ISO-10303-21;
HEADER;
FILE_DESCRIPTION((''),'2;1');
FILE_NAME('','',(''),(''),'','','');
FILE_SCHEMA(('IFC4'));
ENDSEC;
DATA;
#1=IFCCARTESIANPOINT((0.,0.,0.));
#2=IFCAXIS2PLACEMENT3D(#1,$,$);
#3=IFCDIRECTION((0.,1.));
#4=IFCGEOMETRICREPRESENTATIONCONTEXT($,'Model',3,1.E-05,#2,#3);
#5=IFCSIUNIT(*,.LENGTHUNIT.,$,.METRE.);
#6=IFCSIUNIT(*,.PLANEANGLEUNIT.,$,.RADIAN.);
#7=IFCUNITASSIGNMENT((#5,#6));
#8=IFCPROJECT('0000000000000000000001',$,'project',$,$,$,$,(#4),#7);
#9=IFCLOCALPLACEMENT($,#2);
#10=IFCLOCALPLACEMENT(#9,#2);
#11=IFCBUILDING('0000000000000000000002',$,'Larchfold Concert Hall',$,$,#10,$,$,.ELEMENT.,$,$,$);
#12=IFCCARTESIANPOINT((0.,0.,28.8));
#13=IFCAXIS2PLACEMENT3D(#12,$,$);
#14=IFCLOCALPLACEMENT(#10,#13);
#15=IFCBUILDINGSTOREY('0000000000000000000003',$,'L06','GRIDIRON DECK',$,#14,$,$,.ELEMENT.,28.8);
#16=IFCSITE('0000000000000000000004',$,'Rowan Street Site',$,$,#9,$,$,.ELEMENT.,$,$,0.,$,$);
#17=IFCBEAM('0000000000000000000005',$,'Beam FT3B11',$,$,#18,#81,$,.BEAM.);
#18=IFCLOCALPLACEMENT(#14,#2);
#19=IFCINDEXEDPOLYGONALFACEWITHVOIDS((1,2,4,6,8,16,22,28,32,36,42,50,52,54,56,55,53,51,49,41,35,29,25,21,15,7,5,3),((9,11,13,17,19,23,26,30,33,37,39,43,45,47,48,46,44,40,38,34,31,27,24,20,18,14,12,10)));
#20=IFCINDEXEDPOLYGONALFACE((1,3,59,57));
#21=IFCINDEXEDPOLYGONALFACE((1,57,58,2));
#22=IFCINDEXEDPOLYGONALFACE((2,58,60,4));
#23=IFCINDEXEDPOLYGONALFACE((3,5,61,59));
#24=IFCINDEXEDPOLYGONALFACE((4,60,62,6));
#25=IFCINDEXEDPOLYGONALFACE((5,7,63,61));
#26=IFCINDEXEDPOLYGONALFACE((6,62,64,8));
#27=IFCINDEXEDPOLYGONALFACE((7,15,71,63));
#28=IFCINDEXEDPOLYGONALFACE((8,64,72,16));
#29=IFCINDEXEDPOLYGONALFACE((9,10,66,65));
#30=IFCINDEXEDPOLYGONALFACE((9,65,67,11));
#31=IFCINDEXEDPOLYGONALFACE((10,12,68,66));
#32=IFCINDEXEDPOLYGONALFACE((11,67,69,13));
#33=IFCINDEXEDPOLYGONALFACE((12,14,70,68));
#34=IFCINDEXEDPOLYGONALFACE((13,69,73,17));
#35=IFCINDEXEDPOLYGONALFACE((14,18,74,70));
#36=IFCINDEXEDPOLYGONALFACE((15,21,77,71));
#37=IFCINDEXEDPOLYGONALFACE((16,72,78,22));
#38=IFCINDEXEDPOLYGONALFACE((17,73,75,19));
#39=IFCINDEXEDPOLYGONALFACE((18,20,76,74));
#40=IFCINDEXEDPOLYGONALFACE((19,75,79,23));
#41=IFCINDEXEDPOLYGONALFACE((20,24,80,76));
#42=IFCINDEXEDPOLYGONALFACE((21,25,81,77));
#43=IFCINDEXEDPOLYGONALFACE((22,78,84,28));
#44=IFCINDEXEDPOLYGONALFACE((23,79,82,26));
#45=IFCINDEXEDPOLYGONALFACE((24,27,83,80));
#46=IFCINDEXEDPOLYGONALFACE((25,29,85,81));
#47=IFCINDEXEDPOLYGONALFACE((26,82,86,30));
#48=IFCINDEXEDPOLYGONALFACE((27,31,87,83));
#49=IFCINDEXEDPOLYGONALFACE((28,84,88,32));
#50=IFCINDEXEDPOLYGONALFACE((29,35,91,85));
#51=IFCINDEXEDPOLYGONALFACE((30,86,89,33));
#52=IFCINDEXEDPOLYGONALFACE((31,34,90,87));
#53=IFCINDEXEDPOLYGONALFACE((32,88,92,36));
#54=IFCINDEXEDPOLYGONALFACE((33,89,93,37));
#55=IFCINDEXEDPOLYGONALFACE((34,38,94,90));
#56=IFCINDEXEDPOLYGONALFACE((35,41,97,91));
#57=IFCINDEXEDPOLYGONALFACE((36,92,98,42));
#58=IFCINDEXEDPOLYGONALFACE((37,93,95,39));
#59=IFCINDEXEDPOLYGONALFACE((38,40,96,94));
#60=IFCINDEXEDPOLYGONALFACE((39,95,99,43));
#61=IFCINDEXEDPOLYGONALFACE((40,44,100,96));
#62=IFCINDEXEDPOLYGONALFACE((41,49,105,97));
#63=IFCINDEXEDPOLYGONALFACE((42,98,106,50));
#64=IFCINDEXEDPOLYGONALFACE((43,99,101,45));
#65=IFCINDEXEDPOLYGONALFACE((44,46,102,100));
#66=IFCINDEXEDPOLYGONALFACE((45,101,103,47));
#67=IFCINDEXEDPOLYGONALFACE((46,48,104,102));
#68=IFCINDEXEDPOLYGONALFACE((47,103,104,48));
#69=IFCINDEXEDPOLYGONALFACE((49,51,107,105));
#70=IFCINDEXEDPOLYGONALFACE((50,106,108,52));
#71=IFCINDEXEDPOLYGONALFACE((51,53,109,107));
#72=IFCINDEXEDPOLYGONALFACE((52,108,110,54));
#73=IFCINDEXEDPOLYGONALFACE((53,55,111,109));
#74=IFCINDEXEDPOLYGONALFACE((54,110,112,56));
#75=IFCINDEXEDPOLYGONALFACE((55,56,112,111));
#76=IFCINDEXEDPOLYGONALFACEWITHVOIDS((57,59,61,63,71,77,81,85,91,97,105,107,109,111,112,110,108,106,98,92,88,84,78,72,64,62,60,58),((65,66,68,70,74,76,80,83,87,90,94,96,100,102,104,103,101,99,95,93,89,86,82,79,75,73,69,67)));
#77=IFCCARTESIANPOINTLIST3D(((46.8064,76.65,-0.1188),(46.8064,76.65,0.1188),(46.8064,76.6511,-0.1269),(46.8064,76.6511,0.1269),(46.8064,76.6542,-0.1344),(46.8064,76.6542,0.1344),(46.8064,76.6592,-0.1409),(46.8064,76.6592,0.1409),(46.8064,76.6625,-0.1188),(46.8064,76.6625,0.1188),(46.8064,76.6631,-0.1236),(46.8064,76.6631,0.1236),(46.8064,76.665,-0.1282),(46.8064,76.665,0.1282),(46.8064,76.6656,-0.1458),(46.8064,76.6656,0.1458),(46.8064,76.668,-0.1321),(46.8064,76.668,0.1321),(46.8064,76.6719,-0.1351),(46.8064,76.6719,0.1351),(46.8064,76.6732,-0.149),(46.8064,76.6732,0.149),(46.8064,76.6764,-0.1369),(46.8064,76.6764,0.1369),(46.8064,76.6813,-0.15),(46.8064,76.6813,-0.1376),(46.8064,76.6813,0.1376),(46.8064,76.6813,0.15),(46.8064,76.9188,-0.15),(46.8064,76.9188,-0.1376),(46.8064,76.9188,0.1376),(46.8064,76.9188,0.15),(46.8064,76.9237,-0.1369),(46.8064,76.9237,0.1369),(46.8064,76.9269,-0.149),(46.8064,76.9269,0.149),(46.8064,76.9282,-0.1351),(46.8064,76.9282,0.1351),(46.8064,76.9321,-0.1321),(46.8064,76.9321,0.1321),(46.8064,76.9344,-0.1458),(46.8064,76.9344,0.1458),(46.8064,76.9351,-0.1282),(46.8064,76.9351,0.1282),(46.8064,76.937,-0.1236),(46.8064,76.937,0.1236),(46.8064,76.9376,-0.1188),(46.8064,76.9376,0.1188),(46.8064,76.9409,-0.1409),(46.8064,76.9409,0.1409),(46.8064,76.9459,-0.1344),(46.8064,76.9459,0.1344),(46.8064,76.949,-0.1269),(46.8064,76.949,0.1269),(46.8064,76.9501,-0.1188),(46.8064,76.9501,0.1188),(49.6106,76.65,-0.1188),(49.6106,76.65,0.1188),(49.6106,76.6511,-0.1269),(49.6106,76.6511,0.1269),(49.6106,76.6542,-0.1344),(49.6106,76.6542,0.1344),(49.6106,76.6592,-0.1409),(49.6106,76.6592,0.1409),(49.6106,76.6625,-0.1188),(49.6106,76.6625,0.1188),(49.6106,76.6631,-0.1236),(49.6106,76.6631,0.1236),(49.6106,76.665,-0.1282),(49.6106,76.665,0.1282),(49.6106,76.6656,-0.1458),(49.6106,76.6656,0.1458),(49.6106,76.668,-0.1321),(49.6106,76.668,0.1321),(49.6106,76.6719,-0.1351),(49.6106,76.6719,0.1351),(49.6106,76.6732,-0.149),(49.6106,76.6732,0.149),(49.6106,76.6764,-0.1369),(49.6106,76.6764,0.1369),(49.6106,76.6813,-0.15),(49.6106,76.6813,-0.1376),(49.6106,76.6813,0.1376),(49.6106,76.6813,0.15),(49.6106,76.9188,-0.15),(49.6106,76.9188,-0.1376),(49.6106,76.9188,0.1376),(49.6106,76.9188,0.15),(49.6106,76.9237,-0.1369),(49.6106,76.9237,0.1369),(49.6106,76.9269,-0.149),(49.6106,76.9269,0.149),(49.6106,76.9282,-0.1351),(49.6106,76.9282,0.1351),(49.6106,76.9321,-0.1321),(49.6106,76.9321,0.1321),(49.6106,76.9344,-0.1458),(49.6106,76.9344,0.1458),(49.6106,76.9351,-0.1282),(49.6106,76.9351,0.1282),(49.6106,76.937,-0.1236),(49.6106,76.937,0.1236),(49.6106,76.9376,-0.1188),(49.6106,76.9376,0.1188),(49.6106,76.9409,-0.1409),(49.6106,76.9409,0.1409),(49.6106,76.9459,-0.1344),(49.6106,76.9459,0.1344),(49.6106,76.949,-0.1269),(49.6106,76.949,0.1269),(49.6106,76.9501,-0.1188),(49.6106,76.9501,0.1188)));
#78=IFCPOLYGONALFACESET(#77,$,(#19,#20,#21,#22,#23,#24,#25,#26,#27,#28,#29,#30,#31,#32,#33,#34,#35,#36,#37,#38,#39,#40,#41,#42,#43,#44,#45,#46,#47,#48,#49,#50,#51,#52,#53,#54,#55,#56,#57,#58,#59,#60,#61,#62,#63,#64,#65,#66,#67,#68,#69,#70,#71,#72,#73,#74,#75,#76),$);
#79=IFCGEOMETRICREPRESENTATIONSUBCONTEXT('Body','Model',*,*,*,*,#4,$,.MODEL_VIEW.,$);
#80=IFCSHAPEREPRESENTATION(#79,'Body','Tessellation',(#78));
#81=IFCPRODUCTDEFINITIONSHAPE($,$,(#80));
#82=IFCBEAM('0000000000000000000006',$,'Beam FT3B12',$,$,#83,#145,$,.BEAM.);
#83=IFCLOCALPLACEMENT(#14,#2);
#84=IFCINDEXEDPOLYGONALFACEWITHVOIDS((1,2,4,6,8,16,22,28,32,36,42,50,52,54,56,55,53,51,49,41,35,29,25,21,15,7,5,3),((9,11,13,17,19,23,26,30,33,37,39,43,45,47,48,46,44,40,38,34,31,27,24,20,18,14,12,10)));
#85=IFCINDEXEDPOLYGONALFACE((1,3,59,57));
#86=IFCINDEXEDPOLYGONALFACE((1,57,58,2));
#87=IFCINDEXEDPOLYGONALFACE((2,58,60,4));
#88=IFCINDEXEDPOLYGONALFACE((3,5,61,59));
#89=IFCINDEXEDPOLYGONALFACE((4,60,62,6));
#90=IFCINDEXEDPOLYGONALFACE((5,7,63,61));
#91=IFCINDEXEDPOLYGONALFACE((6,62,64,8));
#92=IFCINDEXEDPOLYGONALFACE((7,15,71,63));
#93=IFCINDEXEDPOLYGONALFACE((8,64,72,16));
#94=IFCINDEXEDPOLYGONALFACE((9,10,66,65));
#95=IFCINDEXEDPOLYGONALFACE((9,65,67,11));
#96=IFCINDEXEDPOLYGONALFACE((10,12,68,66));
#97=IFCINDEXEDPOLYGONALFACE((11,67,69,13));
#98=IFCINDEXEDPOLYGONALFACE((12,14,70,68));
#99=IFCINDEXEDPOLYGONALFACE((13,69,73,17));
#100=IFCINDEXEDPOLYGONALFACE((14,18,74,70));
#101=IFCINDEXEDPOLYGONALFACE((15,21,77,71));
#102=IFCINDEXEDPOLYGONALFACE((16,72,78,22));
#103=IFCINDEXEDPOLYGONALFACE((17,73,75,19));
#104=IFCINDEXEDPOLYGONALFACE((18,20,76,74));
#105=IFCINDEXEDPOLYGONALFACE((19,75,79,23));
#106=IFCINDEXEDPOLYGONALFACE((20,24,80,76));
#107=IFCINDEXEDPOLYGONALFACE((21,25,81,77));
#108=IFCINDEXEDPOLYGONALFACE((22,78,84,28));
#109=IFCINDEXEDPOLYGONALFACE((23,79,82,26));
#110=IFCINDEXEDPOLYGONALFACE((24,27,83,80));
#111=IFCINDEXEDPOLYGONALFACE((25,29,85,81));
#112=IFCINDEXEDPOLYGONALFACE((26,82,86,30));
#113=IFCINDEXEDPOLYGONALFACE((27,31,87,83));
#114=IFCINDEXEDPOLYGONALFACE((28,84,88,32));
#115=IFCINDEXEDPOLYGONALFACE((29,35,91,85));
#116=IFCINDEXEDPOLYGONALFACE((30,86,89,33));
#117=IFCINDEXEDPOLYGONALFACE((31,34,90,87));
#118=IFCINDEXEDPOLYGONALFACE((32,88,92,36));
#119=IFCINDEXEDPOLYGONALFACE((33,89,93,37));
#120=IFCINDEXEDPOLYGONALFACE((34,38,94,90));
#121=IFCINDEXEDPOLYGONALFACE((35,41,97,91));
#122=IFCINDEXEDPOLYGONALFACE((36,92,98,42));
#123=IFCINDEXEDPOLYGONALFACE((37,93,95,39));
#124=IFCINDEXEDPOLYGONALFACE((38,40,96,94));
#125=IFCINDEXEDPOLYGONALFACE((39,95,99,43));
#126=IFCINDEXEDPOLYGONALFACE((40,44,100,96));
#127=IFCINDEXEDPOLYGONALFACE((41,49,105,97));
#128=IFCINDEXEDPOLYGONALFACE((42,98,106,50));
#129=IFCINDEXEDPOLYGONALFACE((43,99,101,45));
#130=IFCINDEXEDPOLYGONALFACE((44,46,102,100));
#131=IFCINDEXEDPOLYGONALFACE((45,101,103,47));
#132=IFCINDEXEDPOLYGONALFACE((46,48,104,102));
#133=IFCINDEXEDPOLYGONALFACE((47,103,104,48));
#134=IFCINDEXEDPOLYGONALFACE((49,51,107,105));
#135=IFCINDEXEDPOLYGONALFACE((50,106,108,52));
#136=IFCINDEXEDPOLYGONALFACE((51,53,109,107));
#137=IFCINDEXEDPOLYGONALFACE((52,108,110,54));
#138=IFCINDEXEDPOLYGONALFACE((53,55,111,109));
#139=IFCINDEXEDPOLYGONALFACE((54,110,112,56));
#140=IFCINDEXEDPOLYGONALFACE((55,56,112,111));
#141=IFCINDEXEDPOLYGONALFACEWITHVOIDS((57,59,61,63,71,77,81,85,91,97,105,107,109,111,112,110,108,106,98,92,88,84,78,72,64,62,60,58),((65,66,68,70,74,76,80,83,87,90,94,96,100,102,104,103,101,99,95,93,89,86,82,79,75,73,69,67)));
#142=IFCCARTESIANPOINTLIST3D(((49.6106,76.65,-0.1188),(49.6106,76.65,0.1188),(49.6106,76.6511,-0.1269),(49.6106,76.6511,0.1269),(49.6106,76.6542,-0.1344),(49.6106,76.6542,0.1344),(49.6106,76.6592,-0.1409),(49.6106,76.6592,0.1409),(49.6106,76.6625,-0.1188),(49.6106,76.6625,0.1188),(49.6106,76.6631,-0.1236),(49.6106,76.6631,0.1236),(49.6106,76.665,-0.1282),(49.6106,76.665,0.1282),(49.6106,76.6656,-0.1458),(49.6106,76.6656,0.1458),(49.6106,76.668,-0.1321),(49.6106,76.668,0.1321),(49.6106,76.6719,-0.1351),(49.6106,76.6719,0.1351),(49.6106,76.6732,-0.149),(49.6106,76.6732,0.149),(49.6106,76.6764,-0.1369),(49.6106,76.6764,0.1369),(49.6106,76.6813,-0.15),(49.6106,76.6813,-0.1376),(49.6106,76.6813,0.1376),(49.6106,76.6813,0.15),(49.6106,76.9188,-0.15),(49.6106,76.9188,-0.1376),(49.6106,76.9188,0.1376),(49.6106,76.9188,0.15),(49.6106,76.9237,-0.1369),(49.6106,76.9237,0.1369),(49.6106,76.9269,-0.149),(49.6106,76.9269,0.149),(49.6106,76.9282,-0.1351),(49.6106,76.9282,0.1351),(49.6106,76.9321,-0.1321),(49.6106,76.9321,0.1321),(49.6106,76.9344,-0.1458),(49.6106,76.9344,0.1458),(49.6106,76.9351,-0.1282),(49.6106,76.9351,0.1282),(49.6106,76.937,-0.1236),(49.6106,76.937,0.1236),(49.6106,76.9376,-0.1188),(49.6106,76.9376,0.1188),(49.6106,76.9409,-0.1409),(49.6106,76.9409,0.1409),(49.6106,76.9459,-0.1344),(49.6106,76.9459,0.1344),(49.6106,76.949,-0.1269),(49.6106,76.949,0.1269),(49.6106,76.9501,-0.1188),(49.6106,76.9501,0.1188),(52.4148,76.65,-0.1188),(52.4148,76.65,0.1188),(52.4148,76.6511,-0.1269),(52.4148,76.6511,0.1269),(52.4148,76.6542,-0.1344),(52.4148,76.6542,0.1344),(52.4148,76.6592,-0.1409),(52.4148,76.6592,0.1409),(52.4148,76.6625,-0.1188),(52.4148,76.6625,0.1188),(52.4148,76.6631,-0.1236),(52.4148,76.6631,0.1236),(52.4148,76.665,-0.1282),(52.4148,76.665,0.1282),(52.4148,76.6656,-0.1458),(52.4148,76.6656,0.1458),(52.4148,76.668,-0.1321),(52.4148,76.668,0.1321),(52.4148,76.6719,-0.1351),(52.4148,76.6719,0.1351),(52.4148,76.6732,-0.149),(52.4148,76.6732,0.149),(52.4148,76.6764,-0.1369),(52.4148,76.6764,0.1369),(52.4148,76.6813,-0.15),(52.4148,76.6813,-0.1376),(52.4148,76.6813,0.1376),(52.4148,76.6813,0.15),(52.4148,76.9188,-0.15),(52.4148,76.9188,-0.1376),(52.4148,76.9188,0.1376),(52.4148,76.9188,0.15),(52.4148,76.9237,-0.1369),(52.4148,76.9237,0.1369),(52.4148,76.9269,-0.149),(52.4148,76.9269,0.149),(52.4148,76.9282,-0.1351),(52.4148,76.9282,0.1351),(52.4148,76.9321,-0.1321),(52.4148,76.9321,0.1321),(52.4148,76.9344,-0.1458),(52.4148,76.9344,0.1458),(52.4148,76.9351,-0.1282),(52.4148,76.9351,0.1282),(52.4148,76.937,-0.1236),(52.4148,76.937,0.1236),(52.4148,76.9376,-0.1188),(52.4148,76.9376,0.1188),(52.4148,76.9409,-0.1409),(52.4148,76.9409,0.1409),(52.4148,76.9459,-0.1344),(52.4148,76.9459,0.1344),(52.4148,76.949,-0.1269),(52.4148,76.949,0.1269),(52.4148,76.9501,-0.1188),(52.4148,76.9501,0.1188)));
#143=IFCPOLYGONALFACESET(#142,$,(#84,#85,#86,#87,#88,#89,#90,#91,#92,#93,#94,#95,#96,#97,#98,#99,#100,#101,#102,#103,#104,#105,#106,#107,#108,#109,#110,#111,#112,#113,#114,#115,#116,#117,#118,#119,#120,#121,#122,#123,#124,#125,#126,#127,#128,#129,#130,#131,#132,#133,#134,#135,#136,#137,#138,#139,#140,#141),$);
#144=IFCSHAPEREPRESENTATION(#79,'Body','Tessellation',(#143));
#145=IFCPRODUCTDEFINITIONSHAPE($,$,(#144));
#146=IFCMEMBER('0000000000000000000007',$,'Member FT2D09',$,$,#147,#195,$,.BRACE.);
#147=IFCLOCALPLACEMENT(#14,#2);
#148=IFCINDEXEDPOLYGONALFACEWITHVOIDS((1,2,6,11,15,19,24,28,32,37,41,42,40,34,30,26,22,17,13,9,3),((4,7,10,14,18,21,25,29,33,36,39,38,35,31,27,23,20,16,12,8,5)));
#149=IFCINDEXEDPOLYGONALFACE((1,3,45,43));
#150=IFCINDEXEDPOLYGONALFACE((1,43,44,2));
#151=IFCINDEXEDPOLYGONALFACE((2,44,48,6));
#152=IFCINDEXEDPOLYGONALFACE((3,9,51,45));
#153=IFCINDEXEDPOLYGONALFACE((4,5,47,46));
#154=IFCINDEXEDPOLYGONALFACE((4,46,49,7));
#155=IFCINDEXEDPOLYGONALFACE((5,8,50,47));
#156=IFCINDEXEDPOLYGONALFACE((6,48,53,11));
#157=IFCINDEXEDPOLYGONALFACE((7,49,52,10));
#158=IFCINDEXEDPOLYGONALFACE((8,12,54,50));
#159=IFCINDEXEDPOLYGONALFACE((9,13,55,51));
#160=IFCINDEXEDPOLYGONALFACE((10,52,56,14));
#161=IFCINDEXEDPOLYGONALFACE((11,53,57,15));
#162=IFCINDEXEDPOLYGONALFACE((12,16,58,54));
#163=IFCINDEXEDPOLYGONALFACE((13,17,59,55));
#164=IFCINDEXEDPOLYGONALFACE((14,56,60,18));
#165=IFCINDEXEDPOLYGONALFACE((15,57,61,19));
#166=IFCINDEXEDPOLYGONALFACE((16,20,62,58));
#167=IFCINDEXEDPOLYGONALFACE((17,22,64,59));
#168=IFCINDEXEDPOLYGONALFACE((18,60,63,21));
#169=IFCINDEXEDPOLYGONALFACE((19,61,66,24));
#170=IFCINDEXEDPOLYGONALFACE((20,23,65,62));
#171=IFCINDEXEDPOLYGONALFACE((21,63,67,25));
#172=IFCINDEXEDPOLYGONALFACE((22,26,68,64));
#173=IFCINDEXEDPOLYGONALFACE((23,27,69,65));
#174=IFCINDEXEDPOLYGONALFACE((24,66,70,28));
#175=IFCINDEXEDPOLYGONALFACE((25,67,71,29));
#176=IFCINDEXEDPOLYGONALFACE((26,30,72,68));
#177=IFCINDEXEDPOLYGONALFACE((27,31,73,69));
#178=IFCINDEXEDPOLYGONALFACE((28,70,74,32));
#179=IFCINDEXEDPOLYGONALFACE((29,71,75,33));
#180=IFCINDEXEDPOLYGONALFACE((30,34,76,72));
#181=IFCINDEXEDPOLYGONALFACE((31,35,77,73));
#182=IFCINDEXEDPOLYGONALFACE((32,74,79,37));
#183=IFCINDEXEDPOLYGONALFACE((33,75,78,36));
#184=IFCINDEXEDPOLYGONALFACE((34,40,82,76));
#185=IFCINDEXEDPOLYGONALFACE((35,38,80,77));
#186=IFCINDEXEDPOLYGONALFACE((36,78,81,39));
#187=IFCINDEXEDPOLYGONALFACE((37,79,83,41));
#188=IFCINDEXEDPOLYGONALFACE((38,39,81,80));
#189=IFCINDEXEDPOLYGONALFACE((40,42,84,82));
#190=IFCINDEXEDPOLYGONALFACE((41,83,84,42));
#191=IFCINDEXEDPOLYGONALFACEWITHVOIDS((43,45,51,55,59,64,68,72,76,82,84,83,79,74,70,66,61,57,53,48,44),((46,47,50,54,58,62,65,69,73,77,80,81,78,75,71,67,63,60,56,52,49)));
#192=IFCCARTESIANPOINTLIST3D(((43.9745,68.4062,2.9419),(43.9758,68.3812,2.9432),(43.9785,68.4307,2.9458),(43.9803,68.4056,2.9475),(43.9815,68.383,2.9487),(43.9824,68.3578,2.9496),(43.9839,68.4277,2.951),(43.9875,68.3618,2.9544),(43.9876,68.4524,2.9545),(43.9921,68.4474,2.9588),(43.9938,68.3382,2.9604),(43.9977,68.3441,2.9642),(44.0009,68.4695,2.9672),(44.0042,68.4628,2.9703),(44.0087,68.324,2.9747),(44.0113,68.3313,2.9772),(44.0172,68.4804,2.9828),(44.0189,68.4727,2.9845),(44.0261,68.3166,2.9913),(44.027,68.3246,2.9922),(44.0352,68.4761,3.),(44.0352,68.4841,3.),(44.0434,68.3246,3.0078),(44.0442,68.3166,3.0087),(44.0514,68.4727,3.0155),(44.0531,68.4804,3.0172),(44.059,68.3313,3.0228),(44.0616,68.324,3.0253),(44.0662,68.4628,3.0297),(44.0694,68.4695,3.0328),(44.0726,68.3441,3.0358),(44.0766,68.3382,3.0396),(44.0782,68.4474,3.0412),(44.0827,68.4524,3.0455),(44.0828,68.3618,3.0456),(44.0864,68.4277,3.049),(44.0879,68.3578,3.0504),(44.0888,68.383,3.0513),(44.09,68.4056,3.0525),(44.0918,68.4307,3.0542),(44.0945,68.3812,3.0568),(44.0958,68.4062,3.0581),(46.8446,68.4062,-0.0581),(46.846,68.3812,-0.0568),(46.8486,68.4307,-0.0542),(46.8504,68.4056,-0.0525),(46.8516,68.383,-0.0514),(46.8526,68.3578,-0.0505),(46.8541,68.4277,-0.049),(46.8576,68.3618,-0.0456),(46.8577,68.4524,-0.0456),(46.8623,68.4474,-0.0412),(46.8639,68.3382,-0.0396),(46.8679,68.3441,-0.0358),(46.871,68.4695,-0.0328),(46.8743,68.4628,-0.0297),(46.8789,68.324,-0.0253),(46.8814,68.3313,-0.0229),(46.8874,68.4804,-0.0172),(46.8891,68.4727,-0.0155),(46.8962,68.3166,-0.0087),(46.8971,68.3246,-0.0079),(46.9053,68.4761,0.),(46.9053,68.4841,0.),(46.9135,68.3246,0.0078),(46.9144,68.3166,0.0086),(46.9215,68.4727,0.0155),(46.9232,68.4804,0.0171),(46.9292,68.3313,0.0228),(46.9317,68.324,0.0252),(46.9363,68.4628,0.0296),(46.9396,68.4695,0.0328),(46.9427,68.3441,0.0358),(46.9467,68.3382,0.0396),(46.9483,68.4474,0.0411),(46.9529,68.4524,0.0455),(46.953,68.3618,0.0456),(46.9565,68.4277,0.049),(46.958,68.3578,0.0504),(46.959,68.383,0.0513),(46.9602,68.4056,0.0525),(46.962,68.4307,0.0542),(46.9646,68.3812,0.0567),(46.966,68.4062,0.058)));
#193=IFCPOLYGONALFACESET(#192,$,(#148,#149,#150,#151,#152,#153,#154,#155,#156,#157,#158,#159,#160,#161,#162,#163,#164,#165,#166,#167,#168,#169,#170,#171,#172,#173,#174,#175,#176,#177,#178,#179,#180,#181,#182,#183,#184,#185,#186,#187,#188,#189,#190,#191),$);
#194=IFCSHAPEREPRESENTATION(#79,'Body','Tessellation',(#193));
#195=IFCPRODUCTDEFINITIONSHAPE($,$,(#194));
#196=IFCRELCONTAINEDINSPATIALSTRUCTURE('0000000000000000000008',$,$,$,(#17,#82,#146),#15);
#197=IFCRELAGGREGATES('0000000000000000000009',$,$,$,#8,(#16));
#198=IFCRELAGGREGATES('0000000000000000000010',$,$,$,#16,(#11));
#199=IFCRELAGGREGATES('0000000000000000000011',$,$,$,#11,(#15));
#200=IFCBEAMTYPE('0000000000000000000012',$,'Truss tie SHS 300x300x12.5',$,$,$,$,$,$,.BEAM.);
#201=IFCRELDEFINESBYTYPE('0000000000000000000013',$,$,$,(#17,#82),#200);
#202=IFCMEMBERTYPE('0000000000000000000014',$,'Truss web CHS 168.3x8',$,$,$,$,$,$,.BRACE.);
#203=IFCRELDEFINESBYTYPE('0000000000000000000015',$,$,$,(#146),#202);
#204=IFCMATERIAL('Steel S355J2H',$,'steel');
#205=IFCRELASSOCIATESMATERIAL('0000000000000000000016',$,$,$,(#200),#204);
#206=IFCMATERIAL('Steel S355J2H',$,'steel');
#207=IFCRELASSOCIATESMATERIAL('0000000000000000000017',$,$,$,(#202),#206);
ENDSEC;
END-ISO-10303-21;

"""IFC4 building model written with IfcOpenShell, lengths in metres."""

from ifc_helpers import new_model, si_unit, direction, frame, origin, origin_2d, place, context, subcontext, project, spatial, hollow_rectangle, hollow_circle, extrude, material, material_profile, profile_set, type_object, element, save


model = new_model("IFC4")

# Units and contexts
model_context = context("Model", 3, precision=1e-05, world=origin(), true_north=direction((0.0, 1.0)))
body_context = subcontext(model_context, "Body", "Model", "MODEL_VIEW")
ifc_project = project(units=[si_unit("LENGTHUNIT", "METRE"), si_unit("PLANEANGLEUNIT", "RADIAN")], contexts=[model_context])

# Site, building, storey
site_placement = place(None, origin())
site = spatial("IfcSite", under=ifc_project, at=site_placement, Name="Rowan Street Site", CompositionType="ELEMENT", RefElevation=0.0)
building_placement = place(site_placement, origin())
building = spatial("IfcBuilding", under=site, at=building_placement, Name="Larchfold Concert Hall", CompositionType="ELEMENT")
storey_placement = place(building_placement, frame((0.0, 0.0, 28.8)))
storey = spatial("IfcBuildingStorey", under=building, at=storey_placement, Name="L06", Description="GRIDIRON DECK", CompositionType="ELEMENT", Elevation=28.8)

# Beams
ifc_material_1 = material(Name="Steel S355J2H", Category="steel")
ifc_material_profile_1 = material_profile(ifc_material_1, hollow_rectangle(XDim=0.3, YDim=0.3, WallThickness=0.0125, InnerFilletRadius=0.0188, OuterFilletRadius=0.0312, at=origin_2d()))
ifc_profile_set_1 = profile_set([ifc_material_profile_1], Name="Steel S355J2H")
beam_type_1 = type_object("IfcBeamType", Name="Truss tie SHS 300x300x12.5", PredefinedType="BEAM", material=ifc_profile_set_1)
for number, where, z_axis, x_axis, name in (
    (1, (46.8064, 76.8, 0.0), (1.0, 0.0, 0.0), (0.0, 1.0, 0.0), "Beam FT3B11"),
    (2, (49.6106, 76.8, 0.0), (1.0, 0.0, 0.0), (0.0, 1.0, 0.0), "Beam FT3B12"),
):
    element("IfcBeam", number, at=place(storey_placement, frame(where, z_axis=z_axis, x_axis=x_axis)), inside=storey, type_object=beam_type_1, Name=name, PredefinedType="BEAM", context=body_context, shape_type="SweptSolid", body=[
        extrude(hollow_rectangle(XDim=0.3, YDim=0.3, WallThickness=0.0125, InnerFilletRadius=0.0188, OuterFilletRadius=0.0312, at=origin_2d()), origin(), (0.0, 0.0, 1.0), 2.8042),
    ])

# Member
ifc_material_2 = material(Name="Steel S355J2H", Category="steel")
ifc_material_profile_2 = material_profile(ifc_material_2, hollow_circle(Radius=0.0842, WallThickness=0.0081, at=origin_2d()))
ifc_profile_set_2 = profile_set([ifc_material_profile_2], Name="Steel S355J2H")
member_type_1 = type_object("IfcMemberType", Name="Truss web CHS 168.3x8", PredefinedType="BRACE", material=ifc_profile_set_2)
for number, where, z_axis, x_axis, name in (
    (3, (44.0352, 68.3999, 3.0), (0.691292, 0.0, -0.722575), (0.0, 1.0, 0.0), "Member FT2D09"),
):
    element("IfcMember", number, at=place(storey_placement, frame(where, z_axis=z_axis, x_axis=x_axis)), inside=storey, type_object=member_type_1, Name=name, PredefinedType="BRACE", context=body_context, shape_type="SweptSolid", body=[
        extrude(hollow_circle(Radius=0.0842, WallThickness=0.0081, at=origin_2d()), origin(), (0.0, 0.0, 1.0), 4.1519),
    ])

save(model, "model.ifc")
